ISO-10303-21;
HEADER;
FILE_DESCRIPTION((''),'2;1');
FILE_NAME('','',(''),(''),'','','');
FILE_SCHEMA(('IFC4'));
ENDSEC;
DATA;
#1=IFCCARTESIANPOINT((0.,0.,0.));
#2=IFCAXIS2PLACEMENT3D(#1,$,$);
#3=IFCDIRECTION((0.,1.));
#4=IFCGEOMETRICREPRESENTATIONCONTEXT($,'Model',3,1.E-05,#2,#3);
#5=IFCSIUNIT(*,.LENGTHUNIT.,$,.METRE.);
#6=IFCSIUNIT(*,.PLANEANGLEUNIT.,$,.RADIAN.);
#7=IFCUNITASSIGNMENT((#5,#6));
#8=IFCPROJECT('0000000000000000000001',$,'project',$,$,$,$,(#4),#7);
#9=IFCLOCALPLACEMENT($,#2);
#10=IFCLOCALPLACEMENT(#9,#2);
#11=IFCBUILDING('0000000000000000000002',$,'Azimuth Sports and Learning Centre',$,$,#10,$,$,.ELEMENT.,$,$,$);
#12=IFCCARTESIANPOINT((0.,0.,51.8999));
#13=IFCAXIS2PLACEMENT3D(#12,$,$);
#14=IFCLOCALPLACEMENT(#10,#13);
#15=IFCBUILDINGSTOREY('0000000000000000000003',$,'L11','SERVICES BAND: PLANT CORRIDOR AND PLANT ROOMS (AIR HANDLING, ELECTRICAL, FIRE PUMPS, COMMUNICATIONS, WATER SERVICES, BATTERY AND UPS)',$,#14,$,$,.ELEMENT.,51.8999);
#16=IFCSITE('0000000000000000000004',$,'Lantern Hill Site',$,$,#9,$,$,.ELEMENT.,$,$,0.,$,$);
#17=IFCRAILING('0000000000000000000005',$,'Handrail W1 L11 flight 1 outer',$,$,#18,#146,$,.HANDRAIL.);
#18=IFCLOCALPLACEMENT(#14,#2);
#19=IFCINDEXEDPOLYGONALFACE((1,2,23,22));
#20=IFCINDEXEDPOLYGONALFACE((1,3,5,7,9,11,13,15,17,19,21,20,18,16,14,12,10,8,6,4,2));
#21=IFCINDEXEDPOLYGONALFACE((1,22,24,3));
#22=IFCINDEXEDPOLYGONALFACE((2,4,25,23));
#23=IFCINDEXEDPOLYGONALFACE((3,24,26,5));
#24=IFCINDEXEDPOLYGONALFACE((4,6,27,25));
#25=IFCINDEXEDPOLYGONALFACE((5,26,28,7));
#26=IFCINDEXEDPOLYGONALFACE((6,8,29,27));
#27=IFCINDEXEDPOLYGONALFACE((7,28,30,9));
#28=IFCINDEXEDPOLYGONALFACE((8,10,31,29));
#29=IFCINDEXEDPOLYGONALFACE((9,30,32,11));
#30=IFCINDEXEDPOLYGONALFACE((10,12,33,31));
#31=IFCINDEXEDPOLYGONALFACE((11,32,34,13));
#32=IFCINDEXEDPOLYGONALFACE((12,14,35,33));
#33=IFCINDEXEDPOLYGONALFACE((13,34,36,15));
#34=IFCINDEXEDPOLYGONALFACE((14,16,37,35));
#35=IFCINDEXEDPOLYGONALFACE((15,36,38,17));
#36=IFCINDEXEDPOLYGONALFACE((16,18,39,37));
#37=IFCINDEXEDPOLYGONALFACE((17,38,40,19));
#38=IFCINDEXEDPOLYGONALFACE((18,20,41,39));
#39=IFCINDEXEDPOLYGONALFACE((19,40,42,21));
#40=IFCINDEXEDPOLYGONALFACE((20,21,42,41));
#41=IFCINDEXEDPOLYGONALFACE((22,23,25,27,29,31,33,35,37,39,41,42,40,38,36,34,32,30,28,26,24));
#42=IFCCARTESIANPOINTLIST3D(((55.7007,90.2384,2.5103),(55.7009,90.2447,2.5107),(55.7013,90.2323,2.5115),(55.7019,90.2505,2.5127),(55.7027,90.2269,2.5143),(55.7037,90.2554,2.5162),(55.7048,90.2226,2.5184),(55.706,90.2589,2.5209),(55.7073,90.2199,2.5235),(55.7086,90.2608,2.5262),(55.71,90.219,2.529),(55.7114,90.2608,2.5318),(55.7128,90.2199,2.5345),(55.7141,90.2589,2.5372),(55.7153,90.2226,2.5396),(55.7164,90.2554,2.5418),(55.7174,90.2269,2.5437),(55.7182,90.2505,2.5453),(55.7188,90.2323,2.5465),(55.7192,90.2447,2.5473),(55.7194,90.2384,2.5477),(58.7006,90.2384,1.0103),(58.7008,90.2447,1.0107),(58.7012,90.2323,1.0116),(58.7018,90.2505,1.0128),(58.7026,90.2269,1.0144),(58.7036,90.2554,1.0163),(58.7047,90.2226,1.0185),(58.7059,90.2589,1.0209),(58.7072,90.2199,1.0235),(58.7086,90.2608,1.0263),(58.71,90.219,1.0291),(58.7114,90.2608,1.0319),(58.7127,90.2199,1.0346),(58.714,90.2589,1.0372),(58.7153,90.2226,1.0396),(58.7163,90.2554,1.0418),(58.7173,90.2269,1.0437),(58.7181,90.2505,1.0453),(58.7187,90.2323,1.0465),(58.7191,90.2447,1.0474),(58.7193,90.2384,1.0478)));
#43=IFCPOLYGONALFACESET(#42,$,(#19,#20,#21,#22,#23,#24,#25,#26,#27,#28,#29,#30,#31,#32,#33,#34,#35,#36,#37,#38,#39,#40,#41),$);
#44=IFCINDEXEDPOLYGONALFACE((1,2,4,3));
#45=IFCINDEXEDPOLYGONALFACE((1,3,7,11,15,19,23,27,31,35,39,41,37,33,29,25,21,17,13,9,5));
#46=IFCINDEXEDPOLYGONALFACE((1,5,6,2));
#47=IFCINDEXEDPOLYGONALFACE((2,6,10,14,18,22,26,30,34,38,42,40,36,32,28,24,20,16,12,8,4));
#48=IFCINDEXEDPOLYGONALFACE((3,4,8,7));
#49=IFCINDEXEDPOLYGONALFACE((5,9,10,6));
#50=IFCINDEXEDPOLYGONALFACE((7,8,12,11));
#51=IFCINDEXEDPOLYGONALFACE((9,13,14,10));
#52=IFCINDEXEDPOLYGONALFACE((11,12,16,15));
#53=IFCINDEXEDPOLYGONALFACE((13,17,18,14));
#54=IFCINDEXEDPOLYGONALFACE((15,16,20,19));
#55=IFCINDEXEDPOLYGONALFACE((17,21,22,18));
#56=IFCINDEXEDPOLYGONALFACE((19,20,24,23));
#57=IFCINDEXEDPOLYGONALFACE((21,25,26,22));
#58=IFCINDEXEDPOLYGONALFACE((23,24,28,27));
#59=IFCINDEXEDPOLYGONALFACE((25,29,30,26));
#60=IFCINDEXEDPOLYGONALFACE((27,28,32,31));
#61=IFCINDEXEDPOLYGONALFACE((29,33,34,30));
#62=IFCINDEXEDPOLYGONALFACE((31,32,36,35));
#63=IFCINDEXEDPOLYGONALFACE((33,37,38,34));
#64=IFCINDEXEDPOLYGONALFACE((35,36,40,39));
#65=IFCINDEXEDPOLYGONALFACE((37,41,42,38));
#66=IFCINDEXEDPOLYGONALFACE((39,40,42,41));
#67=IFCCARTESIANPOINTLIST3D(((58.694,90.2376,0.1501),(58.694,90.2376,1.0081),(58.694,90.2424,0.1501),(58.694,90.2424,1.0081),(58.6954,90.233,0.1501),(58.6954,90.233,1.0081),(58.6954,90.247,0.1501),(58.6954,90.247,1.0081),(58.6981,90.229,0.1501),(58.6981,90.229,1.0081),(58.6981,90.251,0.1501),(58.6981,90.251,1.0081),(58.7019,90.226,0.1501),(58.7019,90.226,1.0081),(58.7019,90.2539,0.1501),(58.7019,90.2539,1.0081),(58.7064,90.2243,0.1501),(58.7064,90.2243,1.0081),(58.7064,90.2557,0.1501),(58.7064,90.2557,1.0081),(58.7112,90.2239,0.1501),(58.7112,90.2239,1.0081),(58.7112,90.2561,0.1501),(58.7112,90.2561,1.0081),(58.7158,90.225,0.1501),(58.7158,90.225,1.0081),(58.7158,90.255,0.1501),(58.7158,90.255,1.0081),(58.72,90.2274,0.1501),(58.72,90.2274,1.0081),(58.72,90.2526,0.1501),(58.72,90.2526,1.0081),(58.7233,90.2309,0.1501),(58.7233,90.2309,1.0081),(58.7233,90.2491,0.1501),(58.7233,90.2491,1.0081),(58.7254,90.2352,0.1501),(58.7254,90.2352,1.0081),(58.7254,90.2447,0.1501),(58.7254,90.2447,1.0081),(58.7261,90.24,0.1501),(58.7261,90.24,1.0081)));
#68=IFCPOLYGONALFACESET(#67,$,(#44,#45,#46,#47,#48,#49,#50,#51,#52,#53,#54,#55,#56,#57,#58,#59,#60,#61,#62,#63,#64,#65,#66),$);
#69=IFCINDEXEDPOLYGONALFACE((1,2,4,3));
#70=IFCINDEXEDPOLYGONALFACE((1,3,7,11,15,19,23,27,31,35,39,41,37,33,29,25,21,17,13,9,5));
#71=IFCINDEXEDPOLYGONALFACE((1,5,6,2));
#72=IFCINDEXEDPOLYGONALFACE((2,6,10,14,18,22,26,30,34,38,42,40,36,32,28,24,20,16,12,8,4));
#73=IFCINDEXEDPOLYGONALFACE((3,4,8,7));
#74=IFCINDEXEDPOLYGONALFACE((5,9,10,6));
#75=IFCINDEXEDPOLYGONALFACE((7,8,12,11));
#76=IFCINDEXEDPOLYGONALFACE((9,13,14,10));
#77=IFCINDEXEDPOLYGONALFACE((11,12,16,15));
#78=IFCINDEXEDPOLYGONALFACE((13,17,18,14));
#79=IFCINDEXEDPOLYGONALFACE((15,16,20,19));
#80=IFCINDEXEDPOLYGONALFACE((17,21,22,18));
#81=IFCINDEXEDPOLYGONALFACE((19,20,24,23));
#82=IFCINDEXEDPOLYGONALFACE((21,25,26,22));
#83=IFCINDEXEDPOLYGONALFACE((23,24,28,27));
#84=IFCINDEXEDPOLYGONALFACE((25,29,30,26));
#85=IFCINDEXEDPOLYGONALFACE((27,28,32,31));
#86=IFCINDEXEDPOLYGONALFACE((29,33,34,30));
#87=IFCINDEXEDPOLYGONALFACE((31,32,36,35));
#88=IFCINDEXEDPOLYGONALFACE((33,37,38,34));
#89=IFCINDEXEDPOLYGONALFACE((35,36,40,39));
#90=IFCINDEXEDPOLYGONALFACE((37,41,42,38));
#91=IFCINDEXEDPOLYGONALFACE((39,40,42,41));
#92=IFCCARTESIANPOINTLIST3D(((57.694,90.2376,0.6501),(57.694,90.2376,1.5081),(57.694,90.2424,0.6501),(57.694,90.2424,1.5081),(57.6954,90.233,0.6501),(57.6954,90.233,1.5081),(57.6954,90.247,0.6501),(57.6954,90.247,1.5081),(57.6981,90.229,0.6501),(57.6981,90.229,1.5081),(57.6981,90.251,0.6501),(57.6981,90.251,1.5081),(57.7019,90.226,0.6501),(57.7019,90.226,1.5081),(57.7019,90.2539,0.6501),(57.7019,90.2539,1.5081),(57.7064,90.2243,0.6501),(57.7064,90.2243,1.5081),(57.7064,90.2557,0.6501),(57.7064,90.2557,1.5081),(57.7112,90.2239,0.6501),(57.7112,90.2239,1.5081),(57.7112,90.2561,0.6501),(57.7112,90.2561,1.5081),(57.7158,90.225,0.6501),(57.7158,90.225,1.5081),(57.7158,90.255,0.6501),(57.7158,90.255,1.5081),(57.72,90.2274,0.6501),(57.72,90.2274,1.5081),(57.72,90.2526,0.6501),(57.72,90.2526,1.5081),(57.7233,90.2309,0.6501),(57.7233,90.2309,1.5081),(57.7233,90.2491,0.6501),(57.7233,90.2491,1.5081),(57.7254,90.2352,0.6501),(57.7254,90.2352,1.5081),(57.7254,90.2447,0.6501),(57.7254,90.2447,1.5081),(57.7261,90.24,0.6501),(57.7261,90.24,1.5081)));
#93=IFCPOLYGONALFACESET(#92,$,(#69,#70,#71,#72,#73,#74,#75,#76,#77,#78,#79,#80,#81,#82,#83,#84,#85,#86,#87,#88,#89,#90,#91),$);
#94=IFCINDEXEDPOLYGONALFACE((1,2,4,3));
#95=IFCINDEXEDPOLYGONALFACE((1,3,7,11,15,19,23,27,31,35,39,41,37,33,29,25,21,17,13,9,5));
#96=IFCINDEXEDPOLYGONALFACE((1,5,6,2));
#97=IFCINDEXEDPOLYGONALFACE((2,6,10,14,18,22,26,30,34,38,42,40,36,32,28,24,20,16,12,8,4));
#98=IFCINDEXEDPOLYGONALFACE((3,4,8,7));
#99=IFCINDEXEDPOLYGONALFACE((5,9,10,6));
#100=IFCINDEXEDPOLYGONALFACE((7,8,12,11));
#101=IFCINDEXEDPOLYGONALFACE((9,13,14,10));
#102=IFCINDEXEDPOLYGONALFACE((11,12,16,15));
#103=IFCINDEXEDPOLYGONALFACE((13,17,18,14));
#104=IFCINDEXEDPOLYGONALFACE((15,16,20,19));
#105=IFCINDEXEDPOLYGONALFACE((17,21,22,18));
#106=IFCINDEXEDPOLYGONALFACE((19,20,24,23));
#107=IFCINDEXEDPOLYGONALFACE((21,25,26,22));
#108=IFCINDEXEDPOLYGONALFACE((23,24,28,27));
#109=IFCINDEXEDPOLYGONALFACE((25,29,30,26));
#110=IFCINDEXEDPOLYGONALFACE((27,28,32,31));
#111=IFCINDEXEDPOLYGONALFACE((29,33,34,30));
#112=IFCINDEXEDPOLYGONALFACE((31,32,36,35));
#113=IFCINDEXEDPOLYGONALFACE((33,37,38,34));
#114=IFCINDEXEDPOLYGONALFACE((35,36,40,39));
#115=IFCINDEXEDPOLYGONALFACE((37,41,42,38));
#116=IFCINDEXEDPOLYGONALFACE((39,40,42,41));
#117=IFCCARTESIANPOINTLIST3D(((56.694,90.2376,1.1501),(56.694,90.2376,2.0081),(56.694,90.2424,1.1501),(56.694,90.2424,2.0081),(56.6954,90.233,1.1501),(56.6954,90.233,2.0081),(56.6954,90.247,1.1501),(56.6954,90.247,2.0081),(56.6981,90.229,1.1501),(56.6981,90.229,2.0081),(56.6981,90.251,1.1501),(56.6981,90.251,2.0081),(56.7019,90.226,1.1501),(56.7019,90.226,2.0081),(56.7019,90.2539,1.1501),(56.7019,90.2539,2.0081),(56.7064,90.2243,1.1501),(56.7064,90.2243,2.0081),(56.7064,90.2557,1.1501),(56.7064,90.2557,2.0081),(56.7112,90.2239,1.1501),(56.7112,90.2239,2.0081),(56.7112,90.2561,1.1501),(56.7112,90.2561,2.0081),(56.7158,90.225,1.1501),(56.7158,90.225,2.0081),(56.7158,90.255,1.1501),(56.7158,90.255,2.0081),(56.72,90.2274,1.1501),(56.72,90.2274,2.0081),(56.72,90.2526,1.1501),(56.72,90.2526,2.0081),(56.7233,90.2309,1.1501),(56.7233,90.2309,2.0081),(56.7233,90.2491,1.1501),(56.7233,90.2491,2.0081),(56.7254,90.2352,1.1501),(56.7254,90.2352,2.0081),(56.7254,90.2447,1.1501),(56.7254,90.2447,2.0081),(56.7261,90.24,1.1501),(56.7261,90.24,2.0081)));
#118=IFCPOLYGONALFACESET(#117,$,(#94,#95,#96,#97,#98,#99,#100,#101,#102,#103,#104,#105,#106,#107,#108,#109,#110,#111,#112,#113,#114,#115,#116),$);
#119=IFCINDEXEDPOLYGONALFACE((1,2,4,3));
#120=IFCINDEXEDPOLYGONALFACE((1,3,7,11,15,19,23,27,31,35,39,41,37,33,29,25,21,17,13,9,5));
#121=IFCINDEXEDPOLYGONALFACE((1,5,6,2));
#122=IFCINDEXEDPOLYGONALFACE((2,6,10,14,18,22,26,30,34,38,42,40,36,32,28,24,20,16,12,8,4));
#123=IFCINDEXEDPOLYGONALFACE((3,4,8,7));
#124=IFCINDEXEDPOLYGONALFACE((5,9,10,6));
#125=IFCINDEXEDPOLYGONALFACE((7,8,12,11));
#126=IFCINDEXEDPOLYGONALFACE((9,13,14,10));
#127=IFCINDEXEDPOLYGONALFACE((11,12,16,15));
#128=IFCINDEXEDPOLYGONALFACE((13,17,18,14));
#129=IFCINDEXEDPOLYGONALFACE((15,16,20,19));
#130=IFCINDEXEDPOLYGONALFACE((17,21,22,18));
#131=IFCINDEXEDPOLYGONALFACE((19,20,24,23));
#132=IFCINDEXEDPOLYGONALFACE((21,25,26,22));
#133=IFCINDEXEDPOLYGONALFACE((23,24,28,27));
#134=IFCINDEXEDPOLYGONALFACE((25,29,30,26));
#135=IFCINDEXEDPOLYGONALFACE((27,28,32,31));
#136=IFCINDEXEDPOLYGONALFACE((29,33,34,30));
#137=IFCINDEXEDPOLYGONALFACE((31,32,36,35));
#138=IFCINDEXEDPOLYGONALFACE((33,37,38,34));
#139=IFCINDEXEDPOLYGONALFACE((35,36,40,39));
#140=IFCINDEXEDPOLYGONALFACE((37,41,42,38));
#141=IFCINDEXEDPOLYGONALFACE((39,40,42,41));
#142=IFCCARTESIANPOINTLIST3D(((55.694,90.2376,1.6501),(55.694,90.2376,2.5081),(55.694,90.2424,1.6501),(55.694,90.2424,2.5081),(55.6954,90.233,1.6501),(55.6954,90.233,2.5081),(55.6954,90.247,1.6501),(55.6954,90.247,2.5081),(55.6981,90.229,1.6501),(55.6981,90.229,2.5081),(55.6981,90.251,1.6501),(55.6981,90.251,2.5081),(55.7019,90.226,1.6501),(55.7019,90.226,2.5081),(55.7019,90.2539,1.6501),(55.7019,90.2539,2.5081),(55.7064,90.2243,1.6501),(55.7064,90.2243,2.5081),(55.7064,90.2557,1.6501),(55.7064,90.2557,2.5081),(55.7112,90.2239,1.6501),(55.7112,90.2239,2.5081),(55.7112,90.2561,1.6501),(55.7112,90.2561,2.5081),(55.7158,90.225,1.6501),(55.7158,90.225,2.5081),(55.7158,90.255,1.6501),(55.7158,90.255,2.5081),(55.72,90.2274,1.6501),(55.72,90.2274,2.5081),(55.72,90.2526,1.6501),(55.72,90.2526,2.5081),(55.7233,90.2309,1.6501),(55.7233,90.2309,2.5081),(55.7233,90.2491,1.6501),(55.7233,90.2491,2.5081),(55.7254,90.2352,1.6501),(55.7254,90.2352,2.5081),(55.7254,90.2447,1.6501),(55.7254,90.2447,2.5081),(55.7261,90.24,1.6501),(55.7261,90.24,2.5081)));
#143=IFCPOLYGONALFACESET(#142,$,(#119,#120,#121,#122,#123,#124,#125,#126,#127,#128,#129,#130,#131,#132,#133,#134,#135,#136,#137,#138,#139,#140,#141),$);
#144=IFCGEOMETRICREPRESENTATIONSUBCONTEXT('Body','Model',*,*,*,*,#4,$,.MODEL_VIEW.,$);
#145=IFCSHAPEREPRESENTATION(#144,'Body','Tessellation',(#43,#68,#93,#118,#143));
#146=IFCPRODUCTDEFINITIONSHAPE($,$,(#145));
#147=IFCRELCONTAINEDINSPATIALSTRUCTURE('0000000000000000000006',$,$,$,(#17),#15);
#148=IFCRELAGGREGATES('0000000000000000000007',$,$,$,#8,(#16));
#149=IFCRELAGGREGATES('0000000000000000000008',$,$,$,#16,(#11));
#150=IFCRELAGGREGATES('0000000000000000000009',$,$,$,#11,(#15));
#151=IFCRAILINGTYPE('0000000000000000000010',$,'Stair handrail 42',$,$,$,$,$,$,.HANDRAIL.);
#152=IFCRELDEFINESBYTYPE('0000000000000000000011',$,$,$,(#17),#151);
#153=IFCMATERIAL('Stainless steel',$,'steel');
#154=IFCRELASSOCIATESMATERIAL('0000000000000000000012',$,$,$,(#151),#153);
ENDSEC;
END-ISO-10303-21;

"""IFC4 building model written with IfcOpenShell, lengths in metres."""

from ifc_helpers import new_model, si_unit, direction, frame, origin, origin_2d, place, context, subcontext, project, spatial, circle, extrude, material, type_object, element, save


model = new_model("IFC4")

# Units and contexts
model_context = context("Model", 3, precision=1e-05, world=origin(), true_north=direction((0.0, 1.0)))
body_context = subcontext(model_context, "Body", "Model", "MODEL_VIEW")
ifc_project = project(units=[si_unit("LENGTHUNIT", "METRE"), si_unit("PLANEANGLEUNIT", "RADIAN")], contexts=[model_context])

# Site, building, storey
site_placement = place(None, origin())
site = spatial("IfcSite", under=ifc_project, at=site_placement, Name="Lantern Hill Site", CompositionType="ELEMENT", RefElevation=0.0)
building_placement = place(site_placement, origin())
building = spatial("IfcBuilding", under=site, at=building_placement, Name="Azimuth Sports and Learning Centre", CompositionType="ELEMENT")
storey_placement = place(building_placement, frame((0.0, 0.0, 51.8999)))
storey = spatial("IfcBuildingStorey", under=building, at=storey_placement, Name="L11", Description="SERVICES BAND: PLANT CORRIDOR AND PLANT ROOMS (AIR HANDLING, ELECTRICAL, FIRE PUMPS, COMMUNICATIONS, WATER SERVICES, BATTERY AND UPS)", CompositionType="ELEMENT", Elevation=51.8999)

# Railing
ifc_material_1 = material(Name="Stainless steel", Category="steel")
railing_type_1 = type_object("IfcRailingType", Name="Stair handrail 42", PredefinedType="HANDRAIL", material=ifc_material_1)
for number, where, name in (
    (1, (58.71, 90.24, 0.1501), "Handrail W1 L11 flight 1 outer"),
):
    element("IfcRailing", number, at=place(storey_placement, frame(where)), inside=storey, type_object=railing_type_1, Name=name, PredefinedType="HANDRAIL", context=body_context, shape_type="SweptSolid", body=[
        extrude(circle(Radius=0.021, at=origin_2d()), frame((0.0, 0.0, 0.8789), z_axis=(-0.894427, 0.0, 0.447214), x_axis=(0.0, -1.0, 0.0)), (0.0, 0.0, 1.0), 3.354),
        extrude(circle(Radius=0.0161, at=origin_2d()), origin(), (0.0, 0.0, 1.0), 0.8579),
        extrude(circle(Radius=0.0161, at=origin_2d()), frame((-1.0, 0.0, 0.5)), (0.0, 0.0, 1.0), 0.8579),
        extrude(circle(Radius=0.0161, at=origin_2d()), frame((-2.0, 0.0, 1.0)), (0.0, 0.0, 1.0), 0.8579),
        extrude(circle(Radius=0.0161, at=origin_2d()), frame((-3.0, 0.0, 1.5)), (0.0, 0.0, 1.0), 0.8579),
    ])

save(model, "model.ifc")
